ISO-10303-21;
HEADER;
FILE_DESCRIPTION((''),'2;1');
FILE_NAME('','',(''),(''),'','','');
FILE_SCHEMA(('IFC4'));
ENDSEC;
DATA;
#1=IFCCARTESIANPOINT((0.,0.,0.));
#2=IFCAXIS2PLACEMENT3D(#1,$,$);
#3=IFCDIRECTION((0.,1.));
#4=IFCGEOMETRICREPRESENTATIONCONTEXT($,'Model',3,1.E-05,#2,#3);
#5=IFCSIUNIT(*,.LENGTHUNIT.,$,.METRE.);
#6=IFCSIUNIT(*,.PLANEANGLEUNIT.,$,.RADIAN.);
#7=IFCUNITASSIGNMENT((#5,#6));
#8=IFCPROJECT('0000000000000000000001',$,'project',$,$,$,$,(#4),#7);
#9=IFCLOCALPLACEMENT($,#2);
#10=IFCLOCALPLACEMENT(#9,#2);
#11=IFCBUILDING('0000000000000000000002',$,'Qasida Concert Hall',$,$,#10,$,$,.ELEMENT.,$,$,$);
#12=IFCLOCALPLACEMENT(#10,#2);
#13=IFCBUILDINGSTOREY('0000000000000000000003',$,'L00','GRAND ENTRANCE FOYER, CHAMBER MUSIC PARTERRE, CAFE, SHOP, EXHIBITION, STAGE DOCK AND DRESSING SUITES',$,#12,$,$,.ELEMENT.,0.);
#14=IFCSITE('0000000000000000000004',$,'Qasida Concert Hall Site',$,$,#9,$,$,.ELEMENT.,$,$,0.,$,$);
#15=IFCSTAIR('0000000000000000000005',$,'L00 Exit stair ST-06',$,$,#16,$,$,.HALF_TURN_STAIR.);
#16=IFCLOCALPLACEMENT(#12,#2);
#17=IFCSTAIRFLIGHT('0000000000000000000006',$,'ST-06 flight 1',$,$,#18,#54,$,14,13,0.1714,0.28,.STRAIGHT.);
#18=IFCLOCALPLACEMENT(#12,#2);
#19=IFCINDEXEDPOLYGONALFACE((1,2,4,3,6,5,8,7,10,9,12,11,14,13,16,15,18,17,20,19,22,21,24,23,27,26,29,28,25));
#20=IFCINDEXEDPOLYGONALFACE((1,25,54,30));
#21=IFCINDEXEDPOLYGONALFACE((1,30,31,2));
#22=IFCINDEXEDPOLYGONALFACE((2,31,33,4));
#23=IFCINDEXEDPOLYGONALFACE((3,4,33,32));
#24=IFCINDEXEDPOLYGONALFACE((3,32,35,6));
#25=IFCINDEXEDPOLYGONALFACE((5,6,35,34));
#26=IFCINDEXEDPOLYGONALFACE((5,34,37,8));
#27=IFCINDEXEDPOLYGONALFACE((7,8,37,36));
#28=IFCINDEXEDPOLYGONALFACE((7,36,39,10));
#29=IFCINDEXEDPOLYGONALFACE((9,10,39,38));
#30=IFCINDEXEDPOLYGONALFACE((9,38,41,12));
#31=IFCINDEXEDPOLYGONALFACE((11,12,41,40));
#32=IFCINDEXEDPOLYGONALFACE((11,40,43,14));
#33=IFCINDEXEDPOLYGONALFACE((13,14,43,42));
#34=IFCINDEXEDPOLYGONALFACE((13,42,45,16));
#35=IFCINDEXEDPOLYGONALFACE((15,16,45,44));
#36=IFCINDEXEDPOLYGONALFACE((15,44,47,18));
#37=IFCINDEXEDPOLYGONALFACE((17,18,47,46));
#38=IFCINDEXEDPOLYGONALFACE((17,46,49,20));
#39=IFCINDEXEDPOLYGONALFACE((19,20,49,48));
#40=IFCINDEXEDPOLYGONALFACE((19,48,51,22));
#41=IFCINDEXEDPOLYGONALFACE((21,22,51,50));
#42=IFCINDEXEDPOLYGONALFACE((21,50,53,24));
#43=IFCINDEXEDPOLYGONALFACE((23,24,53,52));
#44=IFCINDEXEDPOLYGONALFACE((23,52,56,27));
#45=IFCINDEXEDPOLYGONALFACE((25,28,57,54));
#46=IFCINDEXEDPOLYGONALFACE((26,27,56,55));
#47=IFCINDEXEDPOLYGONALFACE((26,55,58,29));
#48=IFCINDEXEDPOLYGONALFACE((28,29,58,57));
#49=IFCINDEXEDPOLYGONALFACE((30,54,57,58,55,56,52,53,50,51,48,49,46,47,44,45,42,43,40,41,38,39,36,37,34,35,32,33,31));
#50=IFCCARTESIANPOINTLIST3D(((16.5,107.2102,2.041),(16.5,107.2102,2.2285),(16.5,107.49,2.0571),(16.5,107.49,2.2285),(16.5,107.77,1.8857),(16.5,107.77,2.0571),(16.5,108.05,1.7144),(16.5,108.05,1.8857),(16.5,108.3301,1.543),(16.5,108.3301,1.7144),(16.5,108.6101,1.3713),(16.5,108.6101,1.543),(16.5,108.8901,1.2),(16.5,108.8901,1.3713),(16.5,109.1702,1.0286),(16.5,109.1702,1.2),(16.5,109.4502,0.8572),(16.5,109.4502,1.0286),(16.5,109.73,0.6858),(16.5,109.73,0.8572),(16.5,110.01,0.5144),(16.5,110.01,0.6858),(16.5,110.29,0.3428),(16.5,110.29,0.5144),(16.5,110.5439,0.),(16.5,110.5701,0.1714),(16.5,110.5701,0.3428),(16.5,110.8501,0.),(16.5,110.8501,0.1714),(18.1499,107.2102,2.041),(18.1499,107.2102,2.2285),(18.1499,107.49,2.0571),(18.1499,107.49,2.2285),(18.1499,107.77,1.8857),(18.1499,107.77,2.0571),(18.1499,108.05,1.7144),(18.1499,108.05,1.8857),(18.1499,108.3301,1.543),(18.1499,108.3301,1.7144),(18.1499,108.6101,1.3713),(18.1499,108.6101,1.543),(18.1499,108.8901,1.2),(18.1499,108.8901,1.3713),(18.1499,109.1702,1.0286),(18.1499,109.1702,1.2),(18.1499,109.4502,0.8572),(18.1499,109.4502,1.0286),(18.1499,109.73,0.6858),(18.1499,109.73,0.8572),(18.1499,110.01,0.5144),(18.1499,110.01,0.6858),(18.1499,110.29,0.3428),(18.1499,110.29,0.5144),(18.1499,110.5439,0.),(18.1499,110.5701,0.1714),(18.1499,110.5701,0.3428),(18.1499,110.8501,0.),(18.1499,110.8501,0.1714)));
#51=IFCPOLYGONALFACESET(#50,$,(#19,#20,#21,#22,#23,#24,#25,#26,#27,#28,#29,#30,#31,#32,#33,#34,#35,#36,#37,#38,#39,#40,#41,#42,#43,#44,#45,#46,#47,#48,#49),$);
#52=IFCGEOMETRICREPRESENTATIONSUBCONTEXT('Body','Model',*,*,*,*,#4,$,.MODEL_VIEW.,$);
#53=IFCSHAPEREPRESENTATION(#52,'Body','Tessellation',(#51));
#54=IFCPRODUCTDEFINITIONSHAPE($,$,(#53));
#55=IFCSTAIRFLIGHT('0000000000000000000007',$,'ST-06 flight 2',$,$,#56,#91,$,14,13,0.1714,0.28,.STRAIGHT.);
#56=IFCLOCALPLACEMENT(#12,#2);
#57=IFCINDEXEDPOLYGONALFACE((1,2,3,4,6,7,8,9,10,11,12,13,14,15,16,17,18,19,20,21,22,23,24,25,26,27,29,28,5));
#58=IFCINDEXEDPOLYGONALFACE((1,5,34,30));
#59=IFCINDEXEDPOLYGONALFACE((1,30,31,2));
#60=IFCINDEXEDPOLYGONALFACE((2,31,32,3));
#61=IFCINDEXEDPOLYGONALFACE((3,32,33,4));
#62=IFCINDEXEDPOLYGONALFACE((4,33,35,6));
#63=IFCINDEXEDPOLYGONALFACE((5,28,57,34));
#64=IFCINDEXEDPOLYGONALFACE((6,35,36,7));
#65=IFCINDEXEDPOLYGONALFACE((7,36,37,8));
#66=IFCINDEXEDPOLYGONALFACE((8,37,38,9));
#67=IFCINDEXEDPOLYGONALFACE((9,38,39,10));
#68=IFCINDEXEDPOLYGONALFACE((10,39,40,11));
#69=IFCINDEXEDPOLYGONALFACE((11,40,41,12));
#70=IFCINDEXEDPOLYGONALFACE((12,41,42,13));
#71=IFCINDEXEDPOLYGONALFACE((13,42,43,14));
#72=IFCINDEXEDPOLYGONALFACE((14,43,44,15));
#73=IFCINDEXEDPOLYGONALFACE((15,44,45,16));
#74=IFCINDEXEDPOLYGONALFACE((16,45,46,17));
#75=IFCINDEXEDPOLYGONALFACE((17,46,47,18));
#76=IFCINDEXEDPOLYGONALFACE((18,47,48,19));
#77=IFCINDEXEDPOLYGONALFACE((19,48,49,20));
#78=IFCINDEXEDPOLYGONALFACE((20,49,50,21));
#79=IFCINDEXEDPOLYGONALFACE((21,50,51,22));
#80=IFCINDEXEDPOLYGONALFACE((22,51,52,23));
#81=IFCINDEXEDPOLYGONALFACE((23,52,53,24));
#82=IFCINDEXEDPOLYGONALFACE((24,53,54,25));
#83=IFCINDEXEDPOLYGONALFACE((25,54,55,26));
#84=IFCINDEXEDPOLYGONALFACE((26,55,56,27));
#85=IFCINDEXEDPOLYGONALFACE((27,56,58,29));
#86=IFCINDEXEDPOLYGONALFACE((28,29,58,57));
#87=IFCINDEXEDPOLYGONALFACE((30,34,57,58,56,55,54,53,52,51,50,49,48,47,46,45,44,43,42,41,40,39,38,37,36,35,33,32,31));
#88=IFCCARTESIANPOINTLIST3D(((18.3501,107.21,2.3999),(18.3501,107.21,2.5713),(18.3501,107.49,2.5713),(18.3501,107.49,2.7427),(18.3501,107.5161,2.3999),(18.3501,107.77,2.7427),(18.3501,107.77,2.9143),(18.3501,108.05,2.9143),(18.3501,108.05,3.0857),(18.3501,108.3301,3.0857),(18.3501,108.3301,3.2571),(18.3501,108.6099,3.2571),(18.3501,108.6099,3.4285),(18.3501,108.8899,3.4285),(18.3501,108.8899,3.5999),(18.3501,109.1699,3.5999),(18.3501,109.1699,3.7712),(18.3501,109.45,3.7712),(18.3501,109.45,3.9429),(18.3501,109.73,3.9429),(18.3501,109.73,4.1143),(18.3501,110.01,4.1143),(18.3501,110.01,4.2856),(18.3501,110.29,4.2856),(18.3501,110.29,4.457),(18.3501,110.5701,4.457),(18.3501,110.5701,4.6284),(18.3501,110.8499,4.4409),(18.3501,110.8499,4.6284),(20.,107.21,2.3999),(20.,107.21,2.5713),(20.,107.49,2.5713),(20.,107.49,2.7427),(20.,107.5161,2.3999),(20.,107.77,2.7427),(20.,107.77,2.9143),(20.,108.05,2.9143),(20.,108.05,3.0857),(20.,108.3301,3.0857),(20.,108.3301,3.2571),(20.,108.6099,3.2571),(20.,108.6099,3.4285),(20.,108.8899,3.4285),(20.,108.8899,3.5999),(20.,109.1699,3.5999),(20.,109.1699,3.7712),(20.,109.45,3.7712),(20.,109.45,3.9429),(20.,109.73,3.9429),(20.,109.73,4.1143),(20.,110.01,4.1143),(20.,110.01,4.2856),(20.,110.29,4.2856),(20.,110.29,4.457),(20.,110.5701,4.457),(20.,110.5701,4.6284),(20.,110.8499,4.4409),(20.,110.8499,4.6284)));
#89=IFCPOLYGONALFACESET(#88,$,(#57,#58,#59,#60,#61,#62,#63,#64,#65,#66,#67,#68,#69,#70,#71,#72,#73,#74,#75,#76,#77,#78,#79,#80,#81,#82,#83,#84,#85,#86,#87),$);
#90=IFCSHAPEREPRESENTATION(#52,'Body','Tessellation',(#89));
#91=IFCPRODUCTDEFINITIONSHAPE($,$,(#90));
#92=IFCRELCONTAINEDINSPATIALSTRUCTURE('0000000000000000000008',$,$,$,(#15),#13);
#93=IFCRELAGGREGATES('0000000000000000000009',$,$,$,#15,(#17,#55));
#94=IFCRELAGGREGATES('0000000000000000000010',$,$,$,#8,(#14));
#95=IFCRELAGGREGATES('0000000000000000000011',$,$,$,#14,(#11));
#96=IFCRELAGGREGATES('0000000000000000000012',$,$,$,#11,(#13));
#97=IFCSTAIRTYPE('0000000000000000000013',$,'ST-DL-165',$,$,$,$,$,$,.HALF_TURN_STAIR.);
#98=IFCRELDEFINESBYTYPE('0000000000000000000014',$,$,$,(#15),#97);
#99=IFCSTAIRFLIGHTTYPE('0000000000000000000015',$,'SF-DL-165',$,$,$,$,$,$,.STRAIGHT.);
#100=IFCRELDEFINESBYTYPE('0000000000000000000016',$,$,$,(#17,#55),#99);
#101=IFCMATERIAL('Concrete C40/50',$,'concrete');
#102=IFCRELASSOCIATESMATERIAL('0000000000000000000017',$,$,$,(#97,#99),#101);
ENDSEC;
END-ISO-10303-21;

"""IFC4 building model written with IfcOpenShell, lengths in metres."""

from ifc_helpers import new_model, si_unit, direction, frame, origin, place, context, subcontext, project, spatial, polyline, outline, extrude, material, type_object, element, aggregate, save


model = new_model("IFC4")

# Units and contexts
model_context = context("Model", 3, precision=1e-05, world=origin(), true_north=direction((0.0, 1.0)))
body_context = subcontext(model_context, "Body", "Model", "MODEL_VIEW")
ifc_project = project(units=[si_unit("LENGTHUNIT", "METRE"), si_unit("PLANEANGLEUNIT", "RADIAN")], contexts=[model_context])

# Site, building, storey
site_placement = place(None, origin())
site = spatial("IfcSite", under=ifc_project, at=site_placement, Name="Qasida Concert Hall Site", CompositionType="ELEMENT", RefElevation=0.0)
building_placement = place(site_placement, origin())
building = spatial("IfcBuilding", under=site, at=building_placement, Name="Qasida Concert Hall", CompositionType="ELEMENT")
storey_placement = place(building_placement, origin())
storey = spatial("IfcBuildingStorey", under=building, at=storey_placement, Name="L00", Description="GRAND ENTRANCE FOYER, CHAMBER MUSIC PARTERRE, CAFE, SHOP, EXHIBITION, STAGE DOCK AND DRESSING SUITES", CompositionType="ELEMENT", Elevation=0.0)

# Shared definitions
ifc_material_1 = material(Name="Concrete C40/50", Category="concrete")

# Stair, stair flights
stair_type = type_object("IfcStairType", Name="ST-DL-165", PredefinedType="HALF_TURN_STAIR", material=ifc_material_1)
stair_placement = place(storey_placement, origin())
stair = element("IfcStair", 1, at=stair_placement, inside=storey, type_object=stair_type, Name="L00 Exit stair ST-06", PredefinedType="HALF_TURN_STAIR")
stair_flight_type = type_object("IfcStairFlightType", Name="SF-DL-165", PredefinedType="STRAIGHT", material=ifc_material_1)
stair_flight_1_placement = place(storey_placement, frame((17.325, 110.8501, 0.0), z_axis=(0.0, 0.0, 1.0), x_axis=(0.0, -1.0, 0.0)))
stair_flight_1 = element("IfcStairFlight", 2, at=stair_flight_1_placement, type_object=stair_flight_type, Name="ST-06 flight 1", NumberOfRisers=14, NumberOfTreads=13, PredefinedType="STRAIGHT", RiserHeight=0.1714, TreadLength=0.28, context=body_context, shape_type="SweptSolid", body=[
    extrude(outline(polyline([(0.0, 0.0), (0.0, 0.1714), (0.28, 0.1714), (0.28, 0.3428), (0.5601, 0.3428), (0.5601, 0.5144), (0.8401, 0.5144), (0.8401, 0.6858), (1.1201, 0.6858), (1.1201, 0.8572), (1.3999, 0.8572), (1.3999, 1.0286), (1.6799, 1.0286), (1.6799, 1.2), (1.96, 1.2), (1.96, 1.3713), (2.24, 1.3713), (2.24, 1.543), (2.52, 1.543), (2.52, 1.7144), (2.8, 1.7144), (2.8, 1.8857), (3.0801, 1.8857), (3.0801, 2.0571), (3.3601, 2.0571), (3.3601, 2.2285), (3.6399, 2.2285), (3.6399, 2.3999), (3.6399, 2.041), (0.3062, 0.0), (0.0, 0.0)])), frame((0.0, 0.825, 0.0), z_axis=(0.0, -1.0, 0.0), x_axis=(1.0, 0.0, 0.0)), (0.0, 0.0, 1.0), 1.6499),
])
stair_flight_2_placement = place(storey_placement, frame((19.175, 107.21, 2.3999), z_axis=(0.0, 0.0, 1.0), x_axis=(0.0, 1.0, 0.0)))
stair_flight_2 = element("IfcStairFlight", 3, at=stair_flight_2_placement, type_object=stair_flight_type, Name="ST-06 flight 2", NumberOfRisers=14, NumberOfTreads=13, PredefinedType="STRAIGHT", RiserHeight=0.1714, TreadLength=0.28, context=body_context, shape_type="SweptSolid", body=[
    extrude(outline(polyline([(0.0, 0.0), (0.0, 0.1714), (0.28, 0.1714), (0.28, 0.3428), (0.5601, 0.3428), (0.5601, 0.5144), (0.8401, 0.5144), (0.8401, 0.6858), (1.1201, 0.6858), (1.1201, 0.8572), (1.3999, 0.8572), (1.3999, 1.0286), (1.6799, 1.0286), (1.6799, 1.2), (1.96, 1.2), (1.96, 1.3713), (2.24, 1.3713), (2.24, 1.543), (2.52, 1.543), (2.52, 1.7144), (2.8, 1.7144), (2.8, 1.8857), (3.0801, 1.8857), (3.0801, 2.0571), (3.3601, 2.0571), (3.3601, 2.2285), (3.6399, 2.2285), (3.6399, 2.3999), (3.6399, 2.041), (0.3062, 0.0), (0.0, 0.0)])), frame((0.0, 0.825, 0.0), z_axis=(0.0, -1.0, 0.0), x_axis=(1.0, 0.0, 0.0)), (0.0, 0.0, 1.0), 1.6499),
])
aggregate(stair, [stair_flight_1, stair_flight_2])

save(model, "model.ifc")
